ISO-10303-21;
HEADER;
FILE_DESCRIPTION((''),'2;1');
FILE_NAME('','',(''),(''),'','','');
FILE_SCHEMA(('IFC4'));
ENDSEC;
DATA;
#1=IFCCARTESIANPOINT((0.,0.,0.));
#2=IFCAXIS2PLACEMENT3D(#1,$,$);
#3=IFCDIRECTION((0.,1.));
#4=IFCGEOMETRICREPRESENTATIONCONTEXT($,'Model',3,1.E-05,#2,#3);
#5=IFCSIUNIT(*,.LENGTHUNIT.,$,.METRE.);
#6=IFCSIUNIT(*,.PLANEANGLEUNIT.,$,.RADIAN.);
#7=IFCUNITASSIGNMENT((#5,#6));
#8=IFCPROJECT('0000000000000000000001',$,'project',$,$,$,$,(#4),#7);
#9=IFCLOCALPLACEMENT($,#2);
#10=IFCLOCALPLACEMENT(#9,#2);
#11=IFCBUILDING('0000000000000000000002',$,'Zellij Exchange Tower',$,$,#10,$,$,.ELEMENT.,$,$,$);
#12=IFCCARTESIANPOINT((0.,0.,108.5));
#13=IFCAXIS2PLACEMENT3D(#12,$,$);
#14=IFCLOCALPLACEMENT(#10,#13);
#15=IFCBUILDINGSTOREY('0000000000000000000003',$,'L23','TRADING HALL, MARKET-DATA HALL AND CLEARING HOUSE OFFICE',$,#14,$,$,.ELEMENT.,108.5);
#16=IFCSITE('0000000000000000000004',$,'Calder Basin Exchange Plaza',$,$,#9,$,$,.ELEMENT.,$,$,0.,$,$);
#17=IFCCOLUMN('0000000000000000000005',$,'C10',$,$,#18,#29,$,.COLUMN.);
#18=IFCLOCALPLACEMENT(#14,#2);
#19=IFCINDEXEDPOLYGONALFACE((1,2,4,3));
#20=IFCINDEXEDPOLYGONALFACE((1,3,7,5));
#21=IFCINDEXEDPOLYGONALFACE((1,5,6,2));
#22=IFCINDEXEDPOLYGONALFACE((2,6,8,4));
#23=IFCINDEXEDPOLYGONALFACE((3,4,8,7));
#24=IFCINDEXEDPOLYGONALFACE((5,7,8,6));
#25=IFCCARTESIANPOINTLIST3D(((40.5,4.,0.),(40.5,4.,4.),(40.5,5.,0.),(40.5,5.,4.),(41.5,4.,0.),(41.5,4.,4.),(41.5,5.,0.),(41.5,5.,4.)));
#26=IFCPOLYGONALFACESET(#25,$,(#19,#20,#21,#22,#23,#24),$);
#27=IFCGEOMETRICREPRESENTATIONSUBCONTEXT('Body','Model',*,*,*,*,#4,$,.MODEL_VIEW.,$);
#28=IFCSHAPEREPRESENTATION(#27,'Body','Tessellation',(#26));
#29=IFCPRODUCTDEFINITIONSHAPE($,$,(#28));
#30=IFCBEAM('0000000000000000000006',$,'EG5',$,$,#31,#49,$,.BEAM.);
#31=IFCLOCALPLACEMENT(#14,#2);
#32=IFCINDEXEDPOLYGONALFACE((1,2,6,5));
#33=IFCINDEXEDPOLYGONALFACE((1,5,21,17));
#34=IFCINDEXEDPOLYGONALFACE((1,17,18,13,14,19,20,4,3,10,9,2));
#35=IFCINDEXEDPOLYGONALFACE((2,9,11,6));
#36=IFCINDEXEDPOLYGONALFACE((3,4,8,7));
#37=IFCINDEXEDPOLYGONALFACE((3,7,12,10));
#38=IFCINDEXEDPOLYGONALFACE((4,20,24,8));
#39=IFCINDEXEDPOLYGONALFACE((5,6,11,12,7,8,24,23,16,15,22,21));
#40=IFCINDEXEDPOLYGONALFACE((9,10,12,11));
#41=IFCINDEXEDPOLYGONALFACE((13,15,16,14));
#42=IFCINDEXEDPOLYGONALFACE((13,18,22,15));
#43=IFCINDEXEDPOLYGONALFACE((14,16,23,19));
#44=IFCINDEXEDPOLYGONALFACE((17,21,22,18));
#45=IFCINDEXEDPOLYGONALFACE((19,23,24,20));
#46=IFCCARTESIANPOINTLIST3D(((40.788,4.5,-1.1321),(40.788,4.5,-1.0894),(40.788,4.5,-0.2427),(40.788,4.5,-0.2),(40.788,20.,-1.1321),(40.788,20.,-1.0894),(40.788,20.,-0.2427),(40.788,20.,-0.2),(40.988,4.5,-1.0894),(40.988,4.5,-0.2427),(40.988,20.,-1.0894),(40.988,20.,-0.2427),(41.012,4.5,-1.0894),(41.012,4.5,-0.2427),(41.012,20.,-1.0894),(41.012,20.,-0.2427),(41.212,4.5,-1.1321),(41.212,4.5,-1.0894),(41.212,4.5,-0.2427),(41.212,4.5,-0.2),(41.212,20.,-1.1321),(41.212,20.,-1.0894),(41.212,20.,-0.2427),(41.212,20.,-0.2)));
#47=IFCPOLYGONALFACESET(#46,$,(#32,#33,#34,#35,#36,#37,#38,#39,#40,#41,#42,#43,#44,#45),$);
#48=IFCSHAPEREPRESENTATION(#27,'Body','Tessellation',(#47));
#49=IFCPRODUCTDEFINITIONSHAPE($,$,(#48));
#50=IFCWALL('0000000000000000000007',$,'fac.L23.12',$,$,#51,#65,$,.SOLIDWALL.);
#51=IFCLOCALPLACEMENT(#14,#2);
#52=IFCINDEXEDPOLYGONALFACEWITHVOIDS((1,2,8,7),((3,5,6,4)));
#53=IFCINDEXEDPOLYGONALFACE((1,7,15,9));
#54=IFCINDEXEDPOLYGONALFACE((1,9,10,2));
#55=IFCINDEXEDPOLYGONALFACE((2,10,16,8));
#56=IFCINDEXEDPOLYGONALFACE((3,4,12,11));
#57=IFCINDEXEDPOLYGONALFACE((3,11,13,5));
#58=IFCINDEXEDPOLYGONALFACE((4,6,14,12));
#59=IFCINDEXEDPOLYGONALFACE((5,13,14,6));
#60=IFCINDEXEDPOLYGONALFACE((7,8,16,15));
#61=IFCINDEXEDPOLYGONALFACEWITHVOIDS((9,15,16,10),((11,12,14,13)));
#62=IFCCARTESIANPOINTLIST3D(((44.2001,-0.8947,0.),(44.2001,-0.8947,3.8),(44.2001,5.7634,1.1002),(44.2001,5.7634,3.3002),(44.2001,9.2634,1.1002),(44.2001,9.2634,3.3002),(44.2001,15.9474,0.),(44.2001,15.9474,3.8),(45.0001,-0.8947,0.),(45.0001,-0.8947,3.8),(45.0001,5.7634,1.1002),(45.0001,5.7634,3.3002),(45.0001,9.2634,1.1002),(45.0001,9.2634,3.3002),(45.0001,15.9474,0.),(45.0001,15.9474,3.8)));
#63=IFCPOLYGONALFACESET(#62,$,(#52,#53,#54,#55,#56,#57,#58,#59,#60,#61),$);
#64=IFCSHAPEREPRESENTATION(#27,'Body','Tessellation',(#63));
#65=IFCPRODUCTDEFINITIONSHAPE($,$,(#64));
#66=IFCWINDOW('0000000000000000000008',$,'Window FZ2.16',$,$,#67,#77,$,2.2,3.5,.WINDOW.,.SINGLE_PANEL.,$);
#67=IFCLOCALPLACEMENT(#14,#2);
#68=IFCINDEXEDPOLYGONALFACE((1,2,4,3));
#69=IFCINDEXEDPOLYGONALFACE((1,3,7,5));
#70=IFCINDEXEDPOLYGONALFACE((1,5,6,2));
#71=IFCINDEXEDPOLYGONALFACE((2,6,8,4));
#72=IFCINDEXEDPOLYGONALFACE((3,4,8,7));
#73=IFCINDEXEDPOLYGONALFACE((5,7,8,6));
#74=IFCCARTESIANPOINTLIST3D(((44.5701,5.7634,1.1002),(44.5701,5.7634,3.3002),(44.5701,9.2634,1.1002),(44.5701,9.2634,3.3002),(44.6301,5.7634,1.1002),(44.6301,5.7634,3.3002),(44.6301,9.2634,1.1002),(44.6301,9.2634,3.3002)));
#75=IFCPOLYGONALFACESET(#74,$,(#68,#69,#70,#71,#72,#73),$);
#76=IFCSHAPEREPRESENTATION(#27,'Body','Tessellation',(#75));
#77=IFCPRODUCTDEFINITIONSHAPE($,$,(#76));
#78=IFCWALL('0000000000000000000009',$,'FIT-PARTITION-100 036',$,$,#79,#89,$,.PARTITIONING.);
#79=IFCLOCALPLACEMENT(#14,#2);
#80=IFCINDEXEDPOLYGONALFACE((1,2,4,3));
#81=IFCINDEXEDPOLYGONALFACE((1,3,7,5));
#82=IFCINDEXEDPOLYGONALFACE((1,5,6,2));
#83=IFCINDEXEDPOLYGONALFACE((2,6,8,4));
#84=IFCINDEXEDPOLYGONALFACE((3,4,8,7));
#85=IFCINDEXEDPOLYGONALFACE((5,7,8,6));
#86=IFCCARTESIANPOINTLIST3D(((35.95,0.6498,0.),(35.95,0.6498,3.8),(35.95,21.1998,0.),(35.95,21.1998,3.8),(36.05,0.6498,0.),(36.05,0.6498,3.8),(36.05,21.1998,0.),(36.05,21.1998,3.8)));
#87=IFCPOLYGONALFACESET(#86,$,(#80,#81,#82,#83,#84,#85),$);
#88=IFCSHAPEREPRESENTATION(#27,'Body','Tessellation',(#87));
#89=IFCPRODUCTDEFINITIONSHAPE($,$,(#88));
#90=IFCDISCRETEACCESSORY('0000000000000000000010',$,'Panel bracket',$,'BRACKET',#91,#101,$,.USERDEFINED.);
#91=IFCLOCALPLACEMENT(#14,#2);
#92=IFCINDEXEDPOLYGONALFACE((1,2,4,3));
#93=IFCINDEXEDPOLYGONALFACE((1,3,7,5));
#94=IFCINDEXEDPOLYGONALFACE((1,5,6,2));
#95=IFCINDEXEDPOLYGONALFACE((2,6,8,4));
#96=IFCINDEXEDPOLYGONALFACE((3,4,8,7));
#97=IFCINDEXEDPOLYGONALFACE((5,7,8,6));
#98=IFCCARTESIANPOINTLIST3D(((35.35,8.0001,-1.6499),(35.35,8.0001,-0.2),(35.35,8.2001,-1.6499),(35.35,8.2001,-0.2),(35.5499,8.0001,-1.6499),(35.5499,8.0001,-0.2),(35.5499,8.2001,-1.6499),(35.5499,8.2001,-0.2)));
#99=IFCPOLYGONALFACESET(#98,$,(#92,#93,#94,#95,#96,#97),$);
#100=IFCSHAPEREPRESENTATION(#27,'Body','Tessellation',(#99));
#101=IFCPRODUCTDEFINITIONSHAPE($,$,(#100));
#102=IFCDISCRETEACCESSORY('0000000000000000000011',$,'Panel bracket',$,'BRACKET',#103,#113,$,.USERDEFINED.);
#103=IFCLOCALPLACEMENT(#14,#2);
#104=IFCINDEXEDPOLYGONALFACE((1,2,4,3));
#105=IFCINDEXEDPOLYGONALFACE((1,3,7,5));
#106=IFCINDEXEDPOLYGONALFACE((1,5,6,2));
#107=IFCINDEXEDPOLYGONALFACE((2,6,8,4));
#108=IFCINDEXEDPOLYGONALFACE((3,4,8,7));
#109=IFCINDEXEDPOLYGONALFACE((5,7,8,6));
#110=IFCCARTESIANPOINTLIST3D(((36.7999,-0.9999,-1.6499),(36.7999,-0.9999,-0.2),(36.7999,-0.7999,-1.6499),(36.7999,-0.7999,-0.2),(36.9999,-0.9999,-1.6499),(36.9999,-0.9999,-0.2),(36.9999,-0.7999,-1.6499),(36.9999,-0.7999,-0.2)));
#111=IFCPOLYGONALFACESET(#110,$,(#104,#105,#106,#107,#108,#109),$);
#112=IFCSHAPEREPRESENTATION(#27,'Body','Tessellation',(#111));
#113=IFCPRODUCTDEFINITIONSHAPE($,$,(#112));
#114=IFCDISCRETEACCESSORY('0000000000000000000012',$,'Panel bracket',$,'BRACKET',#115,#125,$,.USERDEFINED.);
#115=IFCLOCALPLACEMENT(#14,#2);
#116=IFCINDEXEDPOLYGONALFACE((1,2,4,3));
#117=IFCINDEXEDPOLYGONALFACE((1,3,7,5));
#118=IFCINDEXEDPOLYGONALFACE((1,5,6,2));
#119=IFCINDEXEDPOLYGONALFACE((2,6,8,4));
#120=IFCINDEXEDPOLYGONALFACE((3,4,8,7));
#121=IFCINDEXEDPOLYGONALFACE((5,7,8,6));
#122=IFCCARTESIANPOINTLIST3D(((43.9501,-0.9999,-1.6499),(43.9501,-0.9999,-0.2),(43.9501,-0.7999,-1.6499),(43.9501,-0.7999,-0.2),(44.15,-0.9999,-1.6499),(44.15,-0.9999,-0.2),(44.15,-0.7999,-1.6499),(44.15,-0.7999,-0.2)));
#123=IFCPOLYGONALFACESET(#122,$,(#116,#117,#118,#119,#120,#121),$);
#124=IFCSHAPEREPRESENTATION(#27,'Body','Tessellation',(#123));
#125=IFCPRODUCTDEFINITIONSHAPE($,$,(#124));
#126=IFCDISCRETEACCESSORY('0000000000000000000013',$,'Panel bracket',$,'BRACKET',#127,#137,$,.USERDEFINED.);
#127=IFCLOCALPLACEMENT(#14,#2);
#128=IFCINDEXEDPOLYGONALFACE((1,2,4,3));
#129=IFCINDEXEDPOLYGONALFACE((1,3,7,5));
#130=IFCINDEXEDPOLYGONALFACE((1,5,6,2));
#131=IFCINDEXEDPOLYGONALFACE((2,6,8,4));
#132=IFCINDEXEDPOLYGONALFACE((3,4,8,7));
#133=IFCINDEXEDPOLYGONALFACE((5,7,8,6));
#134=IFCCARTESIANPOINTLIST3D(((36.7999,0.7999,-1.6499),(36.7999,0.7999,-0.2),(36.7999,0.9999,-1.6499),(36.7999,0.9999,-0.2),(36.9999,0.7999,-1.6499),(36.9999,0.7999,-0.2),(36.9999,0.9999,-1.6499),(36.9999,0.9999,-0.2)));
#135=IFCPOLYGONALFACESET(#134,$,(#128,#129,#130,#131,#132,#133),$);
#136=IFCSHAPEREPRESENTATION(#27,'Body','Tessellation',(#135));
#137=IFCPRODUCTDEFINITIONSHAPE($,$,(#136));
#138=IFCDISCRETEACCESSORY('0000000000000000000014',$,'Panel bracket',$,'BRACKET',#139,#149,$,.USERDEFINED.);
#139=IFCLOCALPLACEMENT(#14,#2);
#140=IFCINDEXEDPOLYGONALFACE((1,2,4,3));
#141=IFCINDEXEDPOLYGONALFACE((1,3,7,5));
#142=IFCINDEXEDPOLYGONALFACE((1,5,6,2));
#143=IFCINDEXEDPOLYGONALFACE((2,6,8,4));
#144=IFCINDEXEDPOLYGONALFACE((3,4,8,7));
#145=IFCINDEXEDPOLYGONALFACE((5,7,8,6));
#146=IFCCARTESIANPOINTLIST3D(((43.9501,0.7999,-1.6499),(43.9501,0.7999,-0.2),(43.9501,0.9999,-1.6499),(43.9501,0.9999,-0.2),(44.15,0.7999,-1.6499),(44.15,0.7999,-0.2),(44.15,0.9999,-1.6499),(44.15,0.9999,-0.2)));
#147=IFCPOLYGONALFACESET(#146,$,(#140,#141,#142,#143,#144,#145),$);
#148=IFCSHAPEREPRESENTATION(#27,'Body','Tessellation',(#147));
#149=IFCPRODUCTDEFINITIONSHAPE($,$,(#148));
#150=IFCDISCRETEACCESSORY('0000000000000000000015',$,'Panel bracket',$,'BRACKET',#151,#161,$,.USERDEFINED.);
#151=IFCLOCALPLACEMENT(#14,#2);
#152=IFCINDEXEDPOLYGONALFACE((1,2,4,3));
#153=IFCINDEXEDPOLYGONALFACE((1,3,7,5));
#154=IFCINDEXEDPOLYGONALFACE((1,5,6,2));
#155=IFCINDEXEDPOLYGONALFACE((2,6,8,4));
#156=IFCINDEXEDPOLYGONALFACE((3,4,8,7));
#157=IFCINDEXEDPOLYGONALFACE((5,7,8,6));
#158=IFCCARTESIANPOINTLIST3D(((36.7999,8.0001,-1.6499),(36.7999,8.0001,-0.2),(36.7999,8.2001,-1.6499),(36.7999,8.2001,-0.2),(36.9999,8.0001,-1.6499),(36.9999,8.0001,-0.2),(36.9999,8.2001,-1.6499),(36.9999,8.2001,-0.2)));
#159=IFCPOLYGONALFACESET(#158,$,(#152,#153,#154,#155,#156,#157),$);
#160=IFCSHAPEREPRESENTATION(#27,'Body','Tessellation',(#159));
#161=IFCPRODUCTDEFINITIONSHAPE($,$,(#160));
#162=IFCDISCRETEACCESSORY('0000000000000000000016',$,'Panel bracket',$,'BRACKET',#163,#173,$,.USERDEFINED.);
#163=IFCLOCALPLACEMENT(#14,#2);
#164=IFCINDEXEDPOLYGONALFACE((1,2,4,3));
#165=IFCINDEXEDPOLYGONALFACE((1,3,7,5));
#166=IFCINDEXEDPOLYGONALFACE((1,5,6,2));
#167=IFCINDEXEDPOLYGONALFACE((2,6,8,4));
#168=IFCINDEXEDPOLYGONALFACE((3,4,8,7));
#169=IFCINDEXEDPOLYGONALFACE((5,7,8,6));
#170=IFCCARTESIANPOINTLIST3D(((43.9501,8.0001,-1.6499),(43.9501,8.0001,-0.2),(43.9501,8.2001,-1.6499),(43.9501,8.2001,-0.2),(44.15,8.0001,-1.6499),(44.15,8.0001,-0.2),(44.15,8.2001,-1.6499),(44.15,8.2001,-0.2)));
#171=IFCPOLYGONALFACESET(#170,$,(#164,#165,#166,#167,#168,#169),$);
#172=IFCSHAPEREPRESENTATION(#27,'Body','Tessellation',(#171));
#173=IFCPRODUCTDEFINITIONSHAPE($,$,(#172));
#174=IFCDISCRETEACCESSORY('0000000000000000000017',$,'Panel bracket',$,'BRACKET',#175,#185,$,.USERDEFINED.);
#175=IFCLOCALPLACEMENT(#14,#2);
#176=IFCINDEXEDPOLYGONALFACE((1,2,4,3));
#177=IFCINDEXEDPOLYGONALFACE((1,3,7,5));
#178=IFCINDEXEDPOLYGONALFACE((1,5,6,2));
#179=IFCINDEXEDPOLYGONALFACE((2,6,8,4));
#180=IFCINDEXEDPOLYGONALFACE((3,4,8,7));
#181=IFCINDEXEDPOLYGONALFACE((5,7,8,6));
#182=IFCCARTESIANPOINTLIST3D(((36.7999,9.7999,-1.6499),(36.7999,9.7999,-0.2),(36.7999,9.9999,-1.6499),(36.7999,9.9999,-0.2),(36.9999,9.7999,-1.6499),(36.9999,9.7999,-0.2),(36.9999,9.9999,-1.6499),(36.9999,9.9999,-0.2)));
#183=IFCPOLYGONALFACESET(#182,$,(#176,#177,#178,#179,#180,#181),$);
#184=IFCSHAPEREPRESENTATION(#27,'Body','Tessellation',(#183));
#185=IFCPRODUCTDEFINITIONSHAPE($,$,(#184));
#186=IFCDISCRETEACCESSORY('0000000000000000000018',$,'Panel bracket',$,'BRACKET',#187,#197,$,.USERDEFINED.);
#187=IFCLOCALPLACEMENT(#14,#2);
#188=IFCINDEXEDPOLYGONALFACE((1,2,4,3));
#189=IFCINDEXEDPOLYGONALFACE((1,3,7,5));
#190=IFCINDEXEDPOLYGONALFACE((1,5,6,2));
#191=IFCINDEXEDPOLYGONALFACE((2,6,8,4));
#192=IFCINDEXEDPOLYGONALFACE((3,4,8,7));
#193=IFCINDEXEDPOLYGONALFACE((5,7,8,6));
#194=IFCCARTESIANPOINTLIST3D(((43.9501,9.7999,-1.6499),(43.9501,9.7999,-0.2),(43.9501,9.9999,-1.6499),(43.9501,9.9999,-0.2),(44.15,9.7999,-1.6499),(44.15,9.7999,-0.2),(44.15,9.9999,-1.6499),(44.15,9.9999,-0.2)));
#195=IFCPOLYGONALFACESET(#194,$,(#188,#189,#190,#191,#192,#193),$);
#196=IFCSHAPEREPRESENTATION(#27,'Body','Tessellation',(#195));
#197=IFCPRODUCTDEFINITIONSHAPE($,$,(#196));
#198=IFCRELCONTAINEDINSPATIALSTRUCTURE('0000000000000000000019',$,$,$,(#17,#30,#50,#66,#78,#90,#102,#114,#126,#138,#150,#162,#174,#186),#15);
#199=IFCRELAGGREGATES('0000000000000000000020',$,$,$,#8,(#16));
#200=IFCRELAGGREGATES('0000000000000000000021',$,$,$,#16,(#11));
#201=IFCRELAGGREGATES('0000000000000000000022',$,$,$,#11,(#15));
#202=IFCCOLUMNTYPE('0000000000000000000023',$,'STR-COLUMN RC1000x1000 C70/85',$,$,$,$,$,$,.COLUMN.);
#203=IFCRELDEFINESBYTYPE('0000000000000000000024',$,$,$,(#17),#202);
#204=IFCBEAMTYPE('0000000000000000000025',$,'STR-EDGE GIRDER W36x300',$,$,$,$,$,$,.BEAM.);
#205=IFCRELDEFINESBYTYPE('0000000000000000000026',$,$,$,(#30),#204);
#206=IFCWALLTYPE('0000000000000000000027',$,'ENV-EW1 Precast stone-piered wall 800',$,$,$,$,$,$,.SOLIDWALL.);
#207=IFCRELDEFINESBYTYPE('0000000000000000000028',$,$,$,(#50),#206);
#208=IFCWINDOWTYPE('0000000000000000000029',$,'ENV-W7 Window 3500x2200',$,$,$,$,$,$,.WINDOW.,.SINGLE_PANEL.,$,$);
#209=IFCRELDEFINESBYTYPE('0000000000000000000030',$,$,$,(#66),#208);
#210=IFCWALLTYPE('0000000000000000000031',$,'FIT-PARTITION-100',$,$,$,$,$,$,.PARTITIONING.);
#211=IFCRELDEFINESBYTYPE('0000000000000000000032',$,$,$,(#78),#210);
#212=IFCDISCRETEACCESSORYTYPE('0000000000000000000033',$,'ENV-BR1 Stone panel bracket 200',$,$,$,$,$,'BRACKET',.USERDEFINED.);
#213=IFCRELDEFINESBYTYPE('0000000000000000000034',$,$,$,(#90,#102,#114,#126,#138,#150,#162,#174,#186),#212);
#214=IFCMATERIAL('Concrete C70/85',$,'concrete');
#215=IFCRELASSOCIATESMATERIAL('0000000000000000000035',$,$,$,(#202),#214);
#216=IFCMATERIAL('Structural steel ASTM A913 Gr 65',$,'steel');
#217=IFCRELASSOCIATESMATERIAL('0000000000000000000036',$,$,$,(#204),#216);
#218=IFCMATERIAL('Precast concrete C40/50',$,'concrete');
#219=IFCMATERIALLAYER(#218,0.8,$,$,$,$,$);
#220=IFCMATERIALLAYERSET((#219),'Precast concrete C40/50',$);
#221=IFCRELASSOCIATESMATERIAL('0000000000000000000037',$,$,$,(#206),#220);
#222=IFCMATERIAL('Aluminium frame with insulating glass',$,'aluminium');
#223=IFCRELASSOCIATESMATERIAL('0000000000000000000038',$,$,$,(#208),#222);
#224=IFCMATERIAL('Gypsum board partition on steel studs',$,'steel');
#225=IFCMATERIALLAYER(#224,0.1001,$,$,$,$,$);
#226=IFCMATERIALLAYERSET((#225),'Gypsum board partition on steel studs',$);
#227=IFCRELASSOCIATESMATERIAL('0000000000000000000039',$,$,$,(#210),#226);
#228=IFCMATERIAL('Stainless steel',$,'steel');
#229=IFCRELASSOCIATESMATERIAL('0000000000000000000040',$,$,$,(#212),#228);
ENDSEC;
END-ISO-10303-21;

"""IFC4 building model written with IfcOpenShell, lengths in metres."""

from ifc_helpers import new_model, si_unit, direction, frame, frame_2d, origin, origin_2d, place, context, subcontext, project, spatial, rectangle, i_section, extrude, material, layer, layer_set, material_profile, profile_set, type_object, element, fill, save


model = new_model("IFC4")

# Units and contexts
model_context = context("Model", 3, precision=1e-05, world=origin(), true_north=direction((0.0, 1.0)))
body_context = subcontext(model_context, "Body", "Model", "MODEL_VIEW")
ifc_project = project(units=[si_unit("LENGTHUNIT", "METRE"), si_unit("PLANEANGLEUNIT", "RADIAN")], contexts=[model_context])

# Site, building, storey
site_placement = place(None, origin())
site = spatial("IfcSite", under=ifc_project, at=site_placement, Name="Calder Basin Exchange Plaza", CompositionType="ELEMENT", RefElevation=0.0)
building_placement = place(site_placement, origin())
building = spatial("IfcBuilding", under=site, at=building_placement, Name="Zellij Exchange Tower", CompositionType="ELEMENT")
storey_placement = place(building_placement, frame((0.0, 0.0, 108.5)))
storey = spatial("IfcBuildingStorey", under=building, at=storey_placement, Name="L23", Description="TRADING HALL, MARKET-DATA HALL AND CLEARING HOUSE OFFICE", CompositionType="ELEMENT", Elevation=108.5)

# Column
ifc_material_1 = material(Name="Concrete C70/85", Category="concrete")
ifc_material_profile_1 = material_profile(ifc_material_1, rectangle(XDim=1.0, YDim=1.0, at=origin_2d()), Name="STR-COLUMN RC1000x1000 C70/85")
ifc_profile_set_1 = profile_set([ifc_material_profile_1], Name="Concrete C70/85")
column_type = type_object("IfcColumnType", Name="STR-COLUMN RC1000x1000 C70/85", PredefinedType="COLUMN", material=ifc_profile_set_1)
column_placement = place(storey_placement, frame((41.0, 4.5, 0.0), z_axis=(0.0, 0.0, 1.0), x_axis=(1.0, 0.0, 0.0)))
element("IfcColumn", 1, at=column_placement, inside=storey, type_object=column_type, Name="C10", PredefinedType="COLUMN", context=body_context, shape_type="SweptSolid", body=[
    extrude(rectangle(XDim=1.0, YDim=1.0, at=origin_2d()), origin(), (0.0, 0.0, 1.0), 4.0),
])

# Beam
ifc_material_2 = material(Name="Structural steel ASTM A913 Gr 65", Category="steel")
ifc_material_profile_2 = material_profile(ifc_material_2, i_section(OverallWidth=0.4241, OverallDepth=0.9321, WebThickness=0.0239, FlangeThickness=0.0427, at=origin_2d()), Name="W36x300")
ifc_profile_set_2 = profile_set([ifc_material_profile_2], Name="Structural steel ASTM A913 Gr 65")
beam_type = type_object("IfcBeamType", Name="STR-EDGE GIRDER W36x300", PredefinedType="BEAM", material=ifc_profile_set_2)
beam_placement = place(storey_placement, frame((41.0, 4.5, -0.666), z_axis=(0.0, 1.0, 0.0), x_axis=(-1.0, 0.0, 0.0)))
element("IfcBeam", 2, at=beam_placement, inside=storey, type_object=beam_type, Name="EG5", PredefinedType="BEAM", context=body_context, shape_type="SweptSolid", body=[
    extrude(i_section(OverallWidth=0.4241, OverallDepth=0.9321, WebThickness=0.0239, FlangeThickness=0.0427, at=origin_2d()), origin(), (0.0, 0.0, 1.0), 15.5),
])

# Wall, opening, window
ifc_material_3 = material(Name="Precast concrete C40/50", Category="concrete")
ifc_layer_1 = layer(ifc_material_3, 0.8)
ifc_layer_set_1 = layer_set([ifc_layer_1], Name="Precast concrete C40/50")
wall_type_1 = type_object("IfcWallType", Name="ENV-EW1 Precast stone-piered wall 800", PredefinedType="SOLIDWALL", material=ifc_layer_set_1)
wall_1_placement = place(storey_placement, frame((44.6001, -0.8945, 0.0), z_axis=(0.0, 0.0, 1.0), x_axis=(0.0, 1.0, 0.0)))
wall_1 = element("IfcWall", 3, at=wall_1_placement, inside=storey, type_object=wall_type_1, Name="fac.L23.12", PredefinedType="SOLIDWALL", context=body_context, shape_type="SweptSolid", body=[
    extrude(rectangle(XDim=16.842, YDim=0.8, at=frame_2d((8.4209, 0.0))), origin(), (0.0, 0.0, 1.0), 3.8),
])
opening_placement = place(wall_1_placement, frame((6.658, 0.0, 1.1001)))
opening = element("IfcOpeningElement", 4, at=opening_placement, cuts=wall_1, PredefinedType="OPENING", context=body_context, shape_type="SweptSolid", body=[
    extrude(rectangle(XDim=3.5, YDim=2.2, at=frame_2d((1.75, 1.1001))), frame((0.0, 0.4121, 0.0), z_axis=(0.0, -1.0, 0.0), x_axis=(1.0, 0.0, 0.0)), (0.0, 0.0, 1.0), 0.824),
])
ifc_material_4 = material(Name="Aluminium frame with insulating glass", Category="aluminium")
window_type = type_object("IfcWindowType", Name="ENV-W7 Window 3500x2200", PartitioningType="SINGLE_PANEL", PredefinedType="WINDOW", material=ifc_material_4)
window_placement = place(opening_placement, origin())
window = element("IfcWindow", 5, at=window_placement, inside=storey, type_object=window_type, Name="Window FZ2.16", OverallHeight=2.2, OverallWidth=3.5, PartitioningType="SINGLE_PANEL", PredefinedType="WINDOW", context=body_context, shape_type="SweptSolid", body=[
    extrude(rectangle(XDim=3.5, YDim=2.2, at=frame_2d((1.75, 1.1001))), frame((0.0, 0.03, 0.0), z_axis=(0.0, -1.0, 0.0), x_axis=(1.0, 0.0, 0.0)), (0.0, 0.0, 1.0), 0.0601),
])
fill(opening, window)

# Wall
ifc_material_5 = material(Name="Gypsum board partition on steel studs", Category="steel")
ifc_layer_2 = layer(ifc_material_5, 0.1001)
ifc_layer_set_2 = layer_set([ifc_layer_2], Name="Gypsum board partition on steel studs")
wall_type_2 = type_object("IfcWallType", Name="FIT-PARTITION-100", PredefinedType="PARTITIONING", material=ifc_layer_set_2)
wall_2_placement = place(storey_placement, frame((36.0, 0.6499, 0.0), z_axis=(0.0, 0.0, 1.0), x_axis=(0.0, 1.0, 0.0)))
element("IfcWall", 6, at=wall_2_placement, inside=storey, type_object=wall_type_2, Name="FIT-PARTITION-100 036", PredefinedType="PARTITIONING", context=body_context, shape_type="SweptSolid", body=[
    extrude(rectangle(XDim=20.55, YDim=0.1001, at=frame_2d((10.2749, 0.0))), origin(), (0.0, 0.0, 1.0), 3.8),
])

# Discrete accessories
ifc_material_6 = material(Name="Stainless steel", Category="steel")
discrete_accessory_type = type_object("IfcDiscreteAccessoryType", Name="ENV-BR1 Stone panel bracket 200", ElementType="BRACKET", PredefinedType="USERDEFINED", material=ifc_material_6)
for number, where, z_axis, x_axis, name in (
    (7, (35.45, 8.1001, -1.6499), (0.0, 0.0, 1.0), (1.0, 0.0, 0.0), "Panel bracket"),
    (8, (36.8999, -0.8999, -1.6499), (0.0, 0.0, 1.0), (1.0, 0.0, 0.0), "Panel bracket"),
    (9, (44.05, -0.8999, -1.6499), (0.0, 0.0, 1.0), (1.0, 0.0, 0.0), "Panel bracket"),
    (10, (36.8999, 0.8999, -1.6499), (0.0, 0.0, 1.0), (1.0, 0.0, 0.0), "Panel bracket"),
    (11, (44.05, 0.8999, -1.6499), (0.0, 0.0, 1.0), (1.0, 0.0, 0.0), "Panel bracket"),
    (12, (36.8999, 8.1001, -1.6499), (0.0, 0.0, 1.0), (1.0, 0.0, 0.0), "Panel bracket"),
    (13, (44.05, 8.1001, -1.6499), (0.0, 0.0, 1.0), (1.0, 0.0, 0.0), "Panel bracket"),
    (14, (36.8999, 9.8999, -1.6499), (0.0, 0.0, 1.0), (1.0, 0.0, 0.0), "Panel bracket"),
    (15, (44.05, 9.8999, -1.6499), (0.0, 0.0, 1.0), (1.0, 0.0, 0.0), "Panel bracket"),
):
    element("IfcDiscreteAccessory", number, at=place(storey_placement, frame(where, z_axis=z_axis, x_axis=x_axis)), inside=storey, type_object=discrete_accessory_type, Name=name, ObjectType="BRACKET", PredefinedType="USERDEFINED", context=body_context, shape_type="SweptSolid", body=[
        extrude(rectangle(XDim=0.2, YDim=0.2, at=origin_2d()), origin(), (0.0, 0.0, 1.0), 1.45),
    ])

save(model, "model.ifc")
